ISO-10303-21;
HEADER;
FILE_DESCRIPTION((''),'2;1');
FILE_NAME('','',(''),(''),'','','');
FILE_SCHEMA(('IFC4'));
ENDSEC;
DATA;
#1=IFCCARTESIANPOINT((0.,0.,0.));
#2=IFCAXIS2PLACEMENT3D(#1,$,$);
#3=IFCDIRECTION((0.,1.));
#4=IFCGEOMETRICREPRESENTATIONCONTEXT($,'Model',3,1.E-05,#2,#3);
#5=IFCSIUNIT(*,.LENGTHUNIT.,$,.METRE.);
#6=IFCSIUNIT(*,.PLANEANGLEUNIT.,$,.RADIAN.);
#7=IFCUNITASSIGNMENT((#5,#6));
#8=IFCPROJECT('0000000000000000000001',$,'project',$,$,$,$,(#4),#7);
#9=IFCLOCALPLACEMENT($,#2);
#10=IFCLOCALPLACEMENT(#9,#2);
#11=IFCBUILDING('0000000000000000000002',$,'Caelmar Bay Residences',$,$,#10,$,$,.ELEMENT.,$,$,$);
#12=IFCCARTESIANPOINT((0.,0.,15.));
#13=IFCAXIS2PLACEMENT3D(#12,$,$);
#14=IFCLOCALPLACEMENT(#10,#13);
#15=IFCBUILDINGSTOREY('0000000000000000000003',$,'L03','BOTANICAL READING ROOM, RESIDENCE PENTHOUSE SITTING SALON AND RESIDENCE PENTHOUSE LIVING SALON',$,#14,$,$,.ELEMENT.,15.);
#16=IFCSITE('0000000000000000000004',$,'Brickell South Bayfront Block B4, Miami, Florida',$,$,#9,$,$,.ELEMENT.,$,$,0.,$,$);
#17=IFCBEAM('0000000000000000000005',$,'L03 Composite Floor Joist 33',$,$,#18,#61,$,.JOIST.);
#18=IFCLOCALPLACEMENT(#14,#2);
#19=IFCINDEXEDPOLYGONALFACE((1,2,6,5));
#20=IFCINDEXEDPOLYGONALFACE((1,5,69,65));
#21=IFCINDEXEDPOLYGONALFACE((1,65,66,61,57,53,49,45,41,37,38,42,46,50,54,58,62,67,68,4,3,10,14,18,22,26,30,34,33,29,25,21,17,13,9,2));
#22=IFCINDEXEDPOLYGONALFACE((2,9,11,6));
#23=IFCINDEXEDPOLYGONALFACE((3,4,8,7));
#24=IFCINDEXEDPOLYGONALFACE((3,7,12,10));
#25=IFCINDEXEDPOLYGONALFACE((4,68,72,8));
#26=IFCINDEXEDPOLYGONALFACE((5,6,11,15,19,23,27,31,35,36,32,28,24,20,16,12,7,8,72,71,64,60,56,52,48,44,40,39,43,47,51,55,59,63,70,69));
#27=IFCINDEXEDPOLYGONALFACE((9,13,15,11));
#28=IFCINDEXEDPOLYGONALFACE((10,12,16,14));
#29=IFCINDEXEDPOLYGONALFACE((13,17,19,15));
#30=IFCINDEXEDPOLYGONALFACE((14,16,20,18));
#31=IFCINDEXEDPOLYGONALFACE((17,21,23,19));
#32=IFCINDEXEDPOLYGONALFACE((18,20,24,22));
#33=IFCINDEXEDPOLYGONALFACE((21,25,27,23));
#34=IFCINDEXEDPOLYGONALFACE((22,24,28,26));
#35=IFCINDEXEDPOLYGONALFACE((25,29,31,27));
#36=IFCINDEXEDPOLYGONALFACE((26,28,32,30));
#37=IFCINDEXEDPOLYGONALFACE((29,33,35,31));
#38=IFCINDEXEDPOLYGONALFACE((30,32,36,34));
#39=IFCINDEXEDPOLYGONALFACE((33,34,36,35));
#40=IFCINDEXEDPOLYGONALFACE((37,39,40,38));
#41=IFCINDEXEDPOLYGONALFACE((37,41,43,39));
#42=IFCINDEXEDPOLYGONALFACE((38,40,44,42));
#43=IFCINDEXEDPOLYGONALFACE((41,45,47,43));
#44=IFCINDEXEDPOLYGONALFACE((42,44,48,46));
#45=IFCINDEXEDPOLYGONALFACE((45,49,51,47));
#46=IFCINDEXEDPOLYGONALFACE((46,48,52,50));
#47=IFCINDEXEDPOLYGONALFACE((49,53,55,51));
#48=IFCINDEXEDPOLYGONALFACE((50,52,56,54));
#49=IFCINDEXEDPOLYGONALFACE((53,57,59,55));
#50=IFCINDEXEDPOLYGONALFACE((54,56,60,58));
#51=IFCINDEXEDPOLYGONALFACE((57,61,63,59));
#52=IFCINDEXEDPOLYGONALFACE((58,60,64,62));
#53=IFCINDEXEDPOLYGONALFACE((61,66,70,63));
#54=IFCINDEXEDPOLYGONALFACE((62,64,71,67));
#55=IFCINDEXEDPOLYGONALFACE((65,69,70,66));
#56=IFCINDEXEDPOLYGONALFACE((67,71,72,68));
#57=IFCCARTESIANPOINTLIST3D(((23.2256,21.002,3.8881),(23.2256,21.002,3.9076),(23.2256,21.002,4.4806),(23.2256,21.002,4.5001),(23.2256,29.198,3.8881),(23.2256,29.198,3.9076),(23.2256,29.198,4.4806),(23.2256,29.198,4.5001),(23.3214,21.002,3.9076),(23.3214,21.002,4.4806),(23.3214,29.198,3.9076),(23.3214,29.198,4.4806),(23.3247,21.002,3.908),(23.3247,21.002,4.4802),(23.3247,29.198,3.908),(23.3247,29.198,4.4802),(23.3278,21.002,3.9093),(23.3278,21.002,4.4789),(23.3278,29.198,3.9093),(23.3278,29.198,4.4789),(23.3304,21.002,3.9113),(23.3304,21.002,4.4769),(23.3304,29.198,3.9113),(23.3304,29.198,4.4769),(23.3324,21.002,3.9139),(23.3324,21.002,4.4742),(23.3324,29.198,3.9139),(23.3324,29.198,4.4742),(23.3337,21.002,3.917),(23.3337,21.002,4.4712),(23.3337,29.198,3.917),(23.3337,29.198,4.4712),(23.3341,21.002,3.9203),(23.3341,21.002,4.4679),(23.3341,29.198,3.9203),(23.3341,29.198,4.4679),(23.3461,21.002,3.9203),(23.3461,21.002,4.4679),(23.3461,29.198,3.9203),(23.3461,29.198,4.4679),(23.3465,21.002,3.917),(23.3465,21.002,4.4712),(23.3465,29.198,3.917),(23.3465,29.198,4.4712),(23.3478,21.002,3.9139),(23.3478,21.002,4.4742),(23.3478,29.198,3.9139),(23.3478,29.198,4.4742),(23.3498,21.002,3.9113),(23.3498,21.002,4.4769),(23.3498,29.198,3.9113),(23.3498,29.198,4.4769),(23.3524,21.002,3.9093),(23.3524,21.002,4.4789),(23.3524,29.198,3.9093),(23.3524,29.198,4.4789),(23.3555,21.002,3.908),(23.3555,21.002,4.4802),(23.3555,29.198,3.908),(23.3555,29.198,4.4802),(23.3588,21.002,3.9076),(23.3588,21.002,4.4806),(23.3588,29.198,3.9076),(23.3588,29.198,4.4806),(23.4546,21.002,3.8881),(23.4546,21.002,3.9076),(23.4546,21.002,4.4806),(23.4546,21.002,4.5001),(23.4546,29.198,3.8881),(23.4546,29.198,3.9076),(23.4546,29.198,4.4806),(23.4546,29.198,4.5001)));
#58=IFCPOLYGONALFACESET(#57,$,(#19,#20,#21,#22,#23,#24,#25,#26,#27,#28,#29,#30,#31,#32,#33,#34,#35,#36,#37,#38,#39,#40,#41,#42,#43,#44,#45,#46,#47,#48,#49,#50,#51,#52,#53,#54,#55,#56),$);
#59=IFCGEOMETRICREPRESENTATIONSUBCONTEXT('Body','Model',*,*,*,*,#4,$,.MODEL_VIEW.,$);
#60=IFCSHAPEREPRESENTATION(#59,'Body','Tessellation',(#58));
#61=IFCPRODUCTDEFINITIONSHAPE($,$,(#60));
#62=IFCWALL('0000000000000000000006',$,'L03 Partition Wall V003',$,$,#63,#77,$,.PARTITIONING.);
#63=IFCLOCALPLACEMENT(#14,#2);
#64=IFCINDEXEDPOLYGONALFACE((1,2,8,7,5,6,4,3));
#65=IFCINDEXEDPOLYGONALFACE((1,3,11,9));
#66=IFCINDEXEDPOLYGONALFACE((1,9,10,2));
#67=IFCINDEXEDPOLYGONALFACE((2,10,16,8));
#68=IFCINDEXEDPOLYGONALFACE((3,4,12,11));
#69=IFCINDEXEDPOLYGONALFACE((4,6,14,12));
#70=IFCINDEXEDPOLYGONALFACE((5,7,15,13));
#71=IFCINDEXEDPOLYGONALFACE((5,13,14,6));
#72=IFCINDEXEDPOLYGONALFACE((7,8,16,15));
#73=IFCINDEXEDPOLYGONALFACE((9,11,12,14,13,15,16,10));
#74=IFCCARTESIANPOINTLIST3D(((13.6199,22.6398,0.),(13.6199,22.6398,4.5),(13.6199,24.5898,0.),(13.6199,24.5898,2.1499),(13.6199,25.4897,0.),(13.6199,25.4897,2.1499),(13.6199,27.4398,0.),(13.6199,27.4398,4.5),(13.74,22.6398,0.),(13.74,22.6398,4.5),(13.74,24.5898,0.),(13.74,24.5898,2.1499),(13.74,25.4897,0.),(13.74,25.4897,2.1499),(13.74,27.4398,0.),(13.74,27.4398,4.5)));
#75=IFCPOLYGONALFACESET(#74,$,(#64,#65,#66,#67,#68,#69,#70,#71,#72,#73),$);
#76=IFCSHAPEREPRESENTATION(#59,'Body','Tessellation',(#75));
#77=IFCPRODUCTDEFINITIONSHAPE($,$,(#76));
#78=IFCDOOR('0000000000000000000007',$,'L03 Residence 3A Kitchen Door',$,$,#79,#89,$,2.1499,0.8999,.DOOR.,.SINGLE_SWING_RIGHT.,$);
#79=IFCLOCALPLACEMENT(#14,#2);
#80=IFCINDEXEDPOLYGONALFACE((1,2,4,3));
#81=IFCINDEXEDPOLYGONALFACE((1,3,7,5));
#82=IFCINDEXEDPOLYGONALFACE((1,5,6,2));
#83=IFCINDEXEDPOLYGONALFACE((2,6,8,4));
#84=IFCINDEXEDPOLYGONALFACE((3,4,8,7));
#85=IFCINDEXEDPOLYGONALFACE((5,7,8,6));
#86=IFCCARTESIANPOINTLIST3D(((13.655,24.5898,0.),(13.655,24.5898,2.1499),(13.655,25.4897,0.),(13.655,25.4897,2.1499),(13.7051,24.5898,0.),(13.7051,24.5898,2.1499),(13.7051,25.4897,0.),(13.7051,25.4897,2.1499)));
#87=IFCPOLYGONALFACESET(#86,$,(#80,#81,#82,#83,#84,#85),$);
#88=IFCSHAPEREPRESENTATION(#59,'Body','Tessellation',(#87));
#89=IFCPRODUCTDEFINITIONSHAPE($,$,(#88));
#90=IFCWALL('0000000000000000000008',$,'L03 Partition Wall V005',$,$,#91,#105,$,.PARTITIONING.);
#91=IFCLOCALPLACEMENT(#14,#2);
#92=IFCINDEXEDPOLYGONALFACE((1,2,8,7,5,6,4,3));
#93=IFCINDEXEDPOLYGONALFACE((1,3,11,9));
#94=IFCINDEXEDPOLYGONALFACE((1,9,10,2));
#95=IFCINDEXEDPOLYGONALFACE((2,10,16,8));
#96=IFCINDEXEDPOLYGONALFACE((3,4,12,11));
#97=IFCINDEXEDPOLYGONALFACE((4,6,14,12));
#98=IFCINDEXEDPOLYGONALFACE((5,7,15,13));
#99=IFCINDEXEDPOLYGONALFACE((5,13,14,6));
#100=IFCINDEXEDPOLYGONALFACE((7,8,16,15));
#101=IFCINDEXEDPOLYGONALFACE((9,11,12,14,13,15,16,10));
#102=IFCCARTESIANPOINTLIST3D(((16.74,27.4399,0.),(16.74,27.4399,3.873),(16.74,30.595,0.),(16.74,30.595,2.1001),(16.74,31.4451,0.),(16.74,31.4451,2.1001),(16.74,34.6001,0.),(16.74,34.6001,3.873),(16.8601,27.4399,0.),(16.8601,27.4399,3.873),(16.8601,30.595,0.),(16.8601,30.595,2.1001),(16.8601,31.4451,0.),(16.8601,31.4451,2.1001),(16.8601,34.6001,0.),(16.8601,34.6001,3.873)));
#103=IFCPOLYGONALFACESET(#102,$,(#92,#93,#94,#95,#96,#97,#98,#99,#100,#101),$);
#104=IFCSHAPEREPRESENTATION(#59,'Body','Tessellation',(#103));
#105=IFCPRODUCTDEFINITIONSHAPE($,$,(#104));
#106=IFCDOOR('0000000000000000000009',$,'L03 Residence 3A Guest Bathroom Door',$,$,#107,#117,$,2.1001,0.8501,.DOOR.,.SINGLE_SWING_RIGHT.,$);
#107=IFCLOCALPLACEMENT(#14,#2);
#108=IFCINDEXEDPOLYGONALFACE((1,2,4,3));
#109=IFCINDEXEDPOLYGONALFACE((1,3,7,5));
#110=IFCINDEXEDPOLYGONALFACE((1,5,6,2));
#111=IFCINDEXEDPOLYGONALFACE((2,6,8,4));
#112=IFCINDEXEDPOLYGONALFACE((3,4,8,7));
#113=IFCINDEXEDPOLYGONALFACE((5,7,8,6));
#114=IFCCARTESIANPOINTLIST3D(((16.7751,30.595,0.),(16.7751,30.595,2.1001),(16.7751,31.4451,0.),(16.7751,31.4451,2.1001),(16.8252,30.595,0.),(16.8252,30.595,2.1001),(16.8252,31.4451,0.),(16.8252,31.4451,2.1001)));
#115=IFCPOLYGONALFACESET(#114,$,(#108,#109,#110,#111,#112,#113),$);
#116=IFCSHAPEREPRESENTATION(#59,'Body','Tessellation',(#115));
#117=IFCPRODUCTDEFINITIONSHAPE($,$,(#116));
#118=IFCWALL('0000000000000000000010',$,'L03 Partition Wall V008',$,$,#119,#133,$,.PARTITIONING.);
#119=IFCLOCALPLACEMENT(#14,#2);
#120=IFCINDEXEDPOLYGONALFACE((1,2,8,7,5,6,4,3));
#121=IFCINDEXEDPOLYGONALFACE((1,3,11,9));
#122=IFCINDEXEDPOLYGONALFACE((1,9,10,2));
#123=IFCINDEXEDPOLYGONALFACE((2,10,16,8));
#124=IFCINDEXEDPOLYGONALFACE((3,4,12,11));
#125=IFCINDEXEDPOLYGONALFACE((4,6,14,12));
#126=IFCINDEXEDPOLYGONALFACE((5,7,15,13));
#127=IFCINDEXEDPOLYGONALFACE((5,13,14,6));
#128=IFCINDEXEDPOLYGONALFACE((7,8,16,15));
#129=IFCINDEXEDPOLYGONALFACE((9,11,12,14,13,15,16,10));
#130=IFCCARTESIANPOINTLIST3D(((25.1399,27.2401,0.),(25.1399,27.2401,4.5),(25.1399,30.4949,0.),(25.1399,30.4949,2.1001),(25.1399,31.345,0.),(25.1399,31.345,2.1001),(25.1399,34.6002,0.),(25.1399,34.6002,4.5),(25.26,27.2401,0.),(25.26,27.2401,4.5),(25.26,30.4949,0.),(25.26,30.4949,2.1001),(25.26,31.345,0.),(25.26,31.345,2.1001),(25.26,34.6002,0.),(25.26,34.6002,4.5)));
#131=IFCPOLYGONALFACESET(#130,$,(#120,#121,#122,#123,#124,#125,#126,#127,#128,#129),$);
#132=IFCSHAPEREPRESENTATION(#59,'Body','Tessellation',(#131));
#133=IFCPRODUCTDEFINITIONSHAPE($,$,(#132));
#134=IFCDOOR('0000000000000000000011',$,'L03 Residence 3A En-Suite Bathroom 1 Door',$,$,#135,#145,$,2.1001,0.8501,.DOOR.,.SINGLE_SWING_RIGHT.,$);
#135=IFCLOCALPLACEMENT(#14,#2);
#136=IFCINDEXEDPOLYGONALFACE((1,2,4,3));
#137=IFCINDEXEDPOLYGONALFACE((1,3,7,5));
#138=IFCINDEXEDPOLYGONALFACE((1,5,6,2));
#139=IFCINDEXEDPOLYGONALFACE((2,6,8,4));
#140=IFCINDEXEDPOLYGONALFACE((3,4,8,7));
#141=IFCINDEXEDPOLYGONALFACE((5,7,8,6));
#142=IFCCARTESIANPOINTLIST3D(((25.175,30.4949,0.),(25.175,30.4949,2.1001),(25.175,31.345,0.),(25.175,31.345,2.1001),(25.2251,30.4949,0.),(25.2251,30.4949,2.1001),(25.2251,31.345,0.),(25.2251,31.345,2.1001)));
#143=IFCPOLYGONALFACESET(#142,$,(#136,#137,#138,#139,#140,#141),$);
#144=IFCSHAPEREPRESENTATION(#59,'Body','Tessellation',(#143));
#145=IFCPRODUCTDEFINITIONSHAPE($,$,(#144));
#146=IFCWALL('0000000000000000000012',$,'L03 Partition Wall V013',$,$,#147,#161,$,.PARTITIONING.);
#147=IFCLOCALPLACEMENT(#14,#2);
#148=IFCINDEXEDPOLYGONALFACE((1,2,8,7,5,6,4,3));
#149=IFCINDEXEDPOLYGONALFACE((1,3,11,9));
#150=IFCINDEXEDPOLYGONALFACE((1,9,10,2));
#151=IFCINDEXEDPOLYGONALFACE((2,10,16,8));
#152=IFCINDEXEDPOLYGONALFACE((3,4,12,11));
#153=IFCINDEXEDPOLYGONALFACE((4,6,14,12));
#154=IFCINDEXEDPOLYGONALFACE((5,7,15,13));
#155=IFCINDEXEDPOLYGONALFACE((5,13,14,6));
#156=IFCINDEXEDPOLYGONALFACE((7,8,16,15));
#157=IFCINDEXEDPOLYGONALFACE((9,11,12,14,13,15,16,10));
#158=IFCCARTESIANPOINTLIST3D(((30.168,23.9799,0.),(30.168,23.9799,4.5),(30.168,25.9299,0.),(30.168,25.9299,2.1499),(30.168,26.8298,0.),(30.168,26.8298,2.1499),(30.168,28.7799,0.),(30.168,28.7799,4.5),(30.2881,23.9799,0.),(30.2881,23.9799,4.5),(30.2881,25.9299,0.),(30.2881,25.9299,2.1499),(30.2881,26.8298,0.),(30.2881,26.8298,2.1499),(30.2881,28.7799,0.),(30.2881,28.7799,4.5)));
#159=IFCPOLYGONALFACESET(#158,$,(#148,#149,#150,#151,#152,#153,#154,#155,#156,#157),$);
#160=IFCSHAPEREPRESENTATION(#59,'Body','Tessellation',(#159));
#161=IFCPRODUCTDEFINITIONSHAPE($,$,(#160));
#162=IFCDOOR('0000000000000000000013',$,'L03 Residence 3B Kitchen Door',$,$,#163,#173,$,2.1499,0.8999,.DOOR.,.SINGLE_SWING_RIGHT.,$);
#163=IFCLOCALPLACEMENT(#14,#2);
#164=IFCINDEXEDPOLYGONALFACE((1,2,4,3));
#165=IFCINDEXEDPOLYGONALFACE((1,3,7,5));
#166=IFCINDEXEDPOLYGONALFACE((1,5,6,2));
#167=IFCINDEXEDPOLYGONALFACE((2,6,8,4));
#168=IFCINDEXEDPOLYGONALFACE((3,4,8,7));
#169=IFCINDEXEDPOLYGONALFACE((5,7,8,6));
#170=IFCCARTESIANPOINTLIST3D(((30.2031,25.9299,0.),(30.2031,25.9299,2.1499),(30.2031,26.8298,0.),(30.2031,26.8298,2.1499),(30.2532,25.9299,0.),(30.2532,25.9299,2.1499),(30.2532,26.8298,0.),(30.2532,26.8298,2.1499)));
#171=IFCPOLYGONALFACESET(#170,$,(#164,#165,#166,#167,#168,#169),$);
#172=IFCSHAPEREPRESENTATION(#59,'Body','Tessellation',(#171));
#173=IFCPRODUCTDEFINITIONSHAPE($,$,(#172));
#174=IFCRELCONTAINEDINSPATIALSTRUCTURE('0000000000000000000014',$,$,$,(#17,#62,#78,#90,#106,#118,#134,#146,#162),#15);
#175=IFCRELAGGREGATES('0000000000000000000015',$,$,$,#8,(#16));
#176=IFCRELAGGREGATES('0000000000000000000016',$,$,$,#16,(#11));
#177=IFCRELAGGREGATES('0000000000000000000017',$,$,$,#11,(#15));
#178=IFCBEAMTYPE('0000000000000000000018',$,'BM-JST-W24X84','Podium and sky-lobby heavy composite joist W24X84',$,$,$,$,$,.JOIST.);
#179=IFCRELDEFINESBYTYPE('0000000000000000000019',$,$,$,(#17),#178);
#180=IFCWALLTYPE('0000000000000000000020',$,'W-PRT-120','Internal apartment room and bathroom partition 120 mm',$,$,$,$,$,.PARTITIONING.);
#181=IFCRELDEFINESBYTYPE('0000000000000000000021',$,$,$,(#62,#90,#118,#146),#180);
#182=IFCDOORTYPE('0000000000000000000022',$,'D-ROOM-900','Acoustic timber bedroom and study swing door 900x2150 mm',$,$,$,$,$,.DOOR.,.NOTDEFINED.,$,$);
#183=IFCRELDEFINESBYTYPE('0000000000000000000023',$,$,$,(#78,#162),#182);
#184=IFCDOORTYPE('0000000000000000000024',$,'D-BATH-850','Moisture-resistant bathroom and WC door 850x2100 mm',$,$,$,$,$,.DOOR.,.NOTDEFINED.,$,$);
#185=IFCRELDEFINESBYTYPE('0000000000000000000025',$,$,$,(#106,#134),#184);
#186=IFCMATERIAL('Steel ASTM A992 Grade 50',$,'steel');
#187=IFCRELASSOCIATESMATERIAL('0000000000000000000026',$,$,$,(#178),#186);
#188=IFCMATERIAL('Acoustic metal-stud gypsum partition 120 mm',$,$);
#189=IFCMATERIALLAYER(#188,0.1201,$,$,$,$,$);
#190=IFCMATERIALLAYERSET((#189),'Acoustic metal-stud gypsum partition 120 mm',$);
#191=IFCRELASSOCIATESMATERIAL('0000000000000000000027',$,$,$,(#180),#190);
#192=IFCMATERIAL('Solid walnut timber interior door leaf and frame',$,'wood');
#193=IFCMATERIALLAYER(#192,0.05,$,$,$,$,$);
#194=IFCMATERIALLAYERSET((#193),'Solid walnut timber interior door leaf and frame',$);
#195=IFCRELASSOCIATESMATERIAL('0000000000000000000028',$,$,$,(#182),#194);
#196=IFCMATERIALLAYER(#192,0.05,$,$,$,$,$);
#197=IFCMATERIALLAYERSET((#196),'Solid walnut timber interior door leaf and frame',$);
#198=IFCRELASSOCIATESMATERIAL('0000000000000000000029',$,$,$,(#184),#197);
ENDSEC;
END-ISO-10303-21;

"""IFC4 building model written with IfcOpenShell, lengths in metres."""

from ifc_helpers import new_model, si_unit, direction, frame, frame_2d, origin, origin_2d, place, context, subcontext, project, spatial, rectangle, i_section, extrude, material, layer, layer_set, material_profile, profile_set, type_object, element, fill, save


model = new_model("IFC4")

# Units and contexts
model_context = context("Model", 3, precision=1e-05, world=origin(), true_north=direction((0.0, 1.0)))
body_context = subcontext(model_context, "Body", "Model", "MODEL_VIEW")
ifc_project = project(units=[si_unit("LENGTHUNIT", "METRE"), si_unit("PLANEANGLEUNIT", "RADIAN")], contexts=[model_context])

# Site, building, storey
site_placement = place(None, origin())
site = spatial("IfcSite", under=ifc_project, at=site_placement, Name="Brickell South Bayfront Block B4, Miami, Florida", CompositionType="ELEMENT", RefElevation=0.0)
building_placement = place(site_placement, origin())
building = spatial("IfcBuilding", under=site, at=building_placement, Name="Caelmar Bay Residences", CompositionType="ELEMENT")
storey_placement = place(building_placement, frame((0.0, 0.0, 15.0)))
storey = spatial("IfcBuildingStorey", under=building, at=storey_placement, Name="L03", Description="BOTANICAL READING ROOM, RESIDENCE PENTHOUSE SITTING SALON AND RESIDENCE PENTHOUSE LIVING SALON", CompositionType="ELEMENT", Elevation=15.0)

# Beam
ifc_material_1 = material(Name="Steel ASTM A992 Grade 50", Category="steel")
ifc_material_profile_1 = material_profile(ifc_material_1, i_section(OverallWidth=0.229, OverallDepth=0.6121, WebThickness=0.012, FlangeThickness=0.0195, FilletRadius=0.0127, at=origin_2d()), Name="W24X84")
ifc_profile_set_1 = profile_set([ifc_material_profile_1], Name="Steel ASTM A992 Grade 50")
beam_type_1 = type_object("IfcBeamType", Name="BM-JST-W24X84", Description="Podium and sky-lobby heavy composite joist W24X84", PredefinedType="JOIST", material=ifc_profile_set_1)
for number, where, z_axis, x_axis, name in (
    (1, (23.3401, 21.002, 4.1941), (0.0, 1.0, 0.0), (-1.0, 0.0, 0.0), "L03 Composite Floor Joist 33"),
):
    element("IfcBeam", number, at=place(storey_placement, frame(where, z_axis=z_axis, x_axis=x_axis)), inside=storey, type_object=beam_type_1, Name=name, PredefinedType="JOIST", context=body_context, shape_type="SweptSolid", body=[
        extrude(i_section(OverallWidth=0.229, OverallDepth=0.6121, WebThickness=0.012, FlangeThickness=0.0195, FilletRadius=0.0127, at=origin_2d()), origin(), (0.0, 0.0, 1.0), 8.196),
    ])

# Walls, openings, doors
ifc_material_2 = material(Name="Acoustic metal-stud gypsum partition 120 mm")
ifc_layer_1 = layer(ifc_material_2, 0.1201)
ifc_layer_set_1 = layer_set([ifc_layer_1], Name="Acoustic metal-stud gypsum partition 120 mm")
wall_type = type_object("IfcWallType", Name="W-PRT-120", Description="Internal apartment room and bathroom partition 120 mm", PredefinedType="PARTITIONING", material=ifc_layer_set_1)
wall_1_placement = place(storey_placement, frame((13.6799, 22.6399, 0.0), z_axis=(0.0, 0.0, 1.0), x_axis=(0.0, 1.0, 0.0)))
wall_1 = element("IfcWall", 2, at=wall_1_placement, inside=storey, type_object=wall_type, Name="L03 Partition Wall V003", PredefinedType="PARTITIONING", context=body_context, shape_type="SweptSolid", body=[
    extrude(rectangle(XDim=4.8, YDim=0.1201, at=frame_2d((2.3999, 0.0))), origin(), (0.0, 0.0, 1.0), 4.5),
])
opening_1_placement = place(wall_1_placement, frame((1.95, 0.0, 0.0)))
opening_1 = element("IfcOpeningElement", 3, at=opening_1_placement, cuts=wall_1, PredefinedType="OPENING", context=body_context, shape_type="SweptSolid", body=[
    extrude(rectangle(XDim=0.8999, YDim=2.1499, at=frame_2d((0.45, 1.075))), frame((0.0, 0.0701, 0.0), z_axis=(0.0, -1.0, 0.0), x_axis=(1.0, 0.0, 0.0)), (0.0, 0.0, 1.0), 0.1401),
])
ifc_material_3 = material(Name="Solid walnut timber interior door leaf and frame", Category="wood")
ifc_layer_2 = layer(ifc_material_3, 0.05)
ifc_layer_set_2 = layer_set([ifc_layer_2], Name="Solid walnut timber interior door leaf and frame")
door_type_1 = type_object("IfcDoorType", Name="D-ROOM-900", Description="Acoustic timber bedroom and study swing door 900x2150 mm", OperationType="NOTDEFINED", PredefinedType="DOOR", material=ifc_layer_set_2)
door_1_placement = place(opening_1_placement, origin())
door_1 = element("IfcDoor", 4, at=door_1_placement, inside=storey, type_object=door_type_1, Name="L03 Residence 3A Kitchen Door", OperationType="SINGLE_SWING_RIGHT", OverallHeight=2.1499, OverallWidth=0.8999, PredefinedType="DOOR", context=body_context, shape_type="SweptSolid", body=[
    extrude(rectangle(XDim=0.8999, YDim=2.1499, at=frame_2d((0.45, 1.075))), frame((0.0, 0.0249, 0.0), z_axis=(0.0, -1.0, 0.0), x_axis=(1.0, 0.0, 0.0)), (0.0, 0.0, 1.0), 0.05),
])
fill(opening_1, door_1)
wall_2_placement = place(storey_placement, frame((16.8, 27.4399, 0.0), z_axis=(0.0, 0.0, 1.0), x_axis=(0.0, 1.0, 0.0)))
wall_2 = element("IfcWall", 5, at=wall_2_placement, inside=storey, type_object=wall_type, Name="L03 Partition Wall V005", PredefinedType="PARTITIONING", context=body_context, shape_type="SweptSolid", body=[
    extrude(rectangle(XDim=7.1602, YDim=0.1201, at=frame_2d((3.5801, 0.0))), origin(), (0.0, 0.0, 1.0), 3.873),
])
opening_2_placement = place(wall_2_placement, frame((3.155, 0.0, 0.0)))
opening_2 = element("IfcOpeningElement", 6, at=opening_2_placement, cuts=wall_2, PredefinedType="OPENING", context=body_context, shape_type="SweptSolid", body=[
    extrude(rectangle(XDim=0.8501, YDim=2.1001, at=frame_2d((0.425, 1.05))), frame((0.0, 0.0701, 0.0), z_axis=(0.0, -1.0, 0.0), x_axis=(1.0, 0.0, 0.0)), (0.0, 0.0, 1.0), 0.1401),
])
ifc_layer_3 = layer(ifc_material_3, 0.05)
ifc_layer_set_3 = layer_set([ifc_layer_3], Name="Solid walnut timber interior door leaf and frame")
door_type_2 = type_object("IfcDoorType", Name="D-BATH-850", Description="Moisture-resistant bathroom and WC door 850x2100 mm", OperationType="NOTDEFINED", PredefinedType="DOOR", material=ifc_layer_set_3)
door_2_placement = place(opening_2_placement, origin())
door_2 = element("IfcDoor", 7, at=door_2_placement, inside=storey, type_object=door_type_2, Name="L03 Residence 3A Guest Bathroom Door", OperationType="SINGLE_SWING_RIGHT", OverallHeight=2.1001, OverallWidth=0.8501, PredefinedType="DOOR", context=body_context, shape_type="SweptSolid", body=[
    extrude(rectangle(XDim=0.8501, YDim=2.1001, at=frame_2d((0.425, 1.05))), frame((0.0, 0.0249, 0.0), z_axis=(0.0, -1.0, 0.0), x_axis=(1.0, 0.0, 0.0)), (0.0, 0.0, 1.0), 0.05),
])
fill(opening_2, door_2)
wall_3_placement = place(storey_placement, frame((25.2, 27.24, 0.0), z_axis=(0.0, 0.0, 1.0), x_axis=(0.0, 1.0, 0.0)))
wall_3 = element("IfcWall", 8, at=wall_3_placement, inside=storey, type_object=wall_type, Name="L03 Partition Wall V008", PredefinedType="PARTITIONING", context=body_context, shape_type="SweptSolid", body=[
    extrude(rectangle(XDim=7.3601, YDim=0.1201, at=frame_2d((3.6802, 0.0))), origin(), (0.0, 0.0, 1.0), 4.5),
])
opening_3_placement = place(wall_3_placement, frame((3.2549, 0.0, 0.0)))
opening_3 = element("IfcOpeningElement", 9, at=opening_3_placement, cuts=wall_3, PredefinedType="OPENING", context=body_context, shape_type="SweptSolid", body=[
    extrude(rectangle(XDim=0.8501, YDim=2.1001, at=frame_2d((0.425, 1.05))), frame((0.0, 0.0701, 0.0), z_axis=(0.0, -1.0, 0.0), x_axis=(1.0, 0.0, 0.0)), (0.0, 0.0, 1.0), 0.1401),
])
door_3_placement = place(opening_3_placement, origin())
door_3 = element("IfcDoor", 10, at=door_3_placement, inside=storey, type_object=door_type_2, Name="L03 Residence 3A En-Suite Bathroom 1 Door", OperationType="SINGLE_SWING_RIGHT", OverallHeight=2.1001, OverallWidth=0.8501, PredefinedType="DOOR", context=body_context, shape_type="SweptSolid", body=[
    extrude(rectangle(XDim=0.8501, YDim=2.1001, at=frame_2d((0.425, 1.05))), frame((0.0, 0.0249, 0.0), z_axis=(0.0, -1.0, 0.0), x_axis=(1.0, 0.0, 0.0)), (0.0, 0.0, 1.0), 0.05),
])
fill(opening_3, door_3)
wall_4_placement = place(storey_placement, frame((30.228, 23.98, 0.0), z_axis=(0.0, 0.0, 1.0), x_axis=(0.0, 1.0, 0.0)))
wall_4 = element("IfcWall", 11, at=wall_4_placement, inside=storey, type_object=wall_type, Name="L03 Partition Wall V013", PredefinedType="PARTITIONING", context=body_context, shape_type="SweptSolid", body=[
    extrude(rectangle(XDim=4.8, YDim=0.1201, at=frame_2d((2.3999, 0.0))), origin(), (0.0, 0.0, 1.0), 4.5),
])
opening_4_placement = place(wall_4_placement, frame((1.95, 0.0, 0.0)))
opening_4 = element("IfcOpeningElement", 12, at=opening_4_placement, cuts=wall_4, PredefinedType="OPENING", context=body_context, shape_type="SweptSolid", body=[
    extrude(rectangle(XDim=0.8999, YDim=2.1499, at=frame_2d((0.45, 1.075))), frame((0.0, 0.0701, 0.0), z_axis=(0.0, -1.0, 0.0), x_axis=(1.0, 0.0, 0.0)), (0.0, 0.0, 1.0), 0.1401),
])
door_4_placement = place(opening_4_placement, origin())
door_4 = element("IfcDoor", 13, at=door_4_placement, inside=storey, type_object=door_type_1, Name="L03 Residence 3B Kitchen Door", OperationType="SINGLE_SWING_RIGHT", OverallHeight=2.1499, OverallWidth=0.8999, PredefinedType="DOOR", context=body_context, shape_type="SweptSolid", body=[
    extrude(rectangle(XDim=0.8999, YDim=2.1499, at=frame_2d((0.45, 1.075))), frame((0.0, 0.0249, 0.0), z_axis=(0.0, -1.0, 0.0), x_axis=(1.0, 0.0, 0.0)), (0.0, 0.0, 1.0), 0.05),
])
fill(opening_4, door_4)

save(model, "model.ifc")
